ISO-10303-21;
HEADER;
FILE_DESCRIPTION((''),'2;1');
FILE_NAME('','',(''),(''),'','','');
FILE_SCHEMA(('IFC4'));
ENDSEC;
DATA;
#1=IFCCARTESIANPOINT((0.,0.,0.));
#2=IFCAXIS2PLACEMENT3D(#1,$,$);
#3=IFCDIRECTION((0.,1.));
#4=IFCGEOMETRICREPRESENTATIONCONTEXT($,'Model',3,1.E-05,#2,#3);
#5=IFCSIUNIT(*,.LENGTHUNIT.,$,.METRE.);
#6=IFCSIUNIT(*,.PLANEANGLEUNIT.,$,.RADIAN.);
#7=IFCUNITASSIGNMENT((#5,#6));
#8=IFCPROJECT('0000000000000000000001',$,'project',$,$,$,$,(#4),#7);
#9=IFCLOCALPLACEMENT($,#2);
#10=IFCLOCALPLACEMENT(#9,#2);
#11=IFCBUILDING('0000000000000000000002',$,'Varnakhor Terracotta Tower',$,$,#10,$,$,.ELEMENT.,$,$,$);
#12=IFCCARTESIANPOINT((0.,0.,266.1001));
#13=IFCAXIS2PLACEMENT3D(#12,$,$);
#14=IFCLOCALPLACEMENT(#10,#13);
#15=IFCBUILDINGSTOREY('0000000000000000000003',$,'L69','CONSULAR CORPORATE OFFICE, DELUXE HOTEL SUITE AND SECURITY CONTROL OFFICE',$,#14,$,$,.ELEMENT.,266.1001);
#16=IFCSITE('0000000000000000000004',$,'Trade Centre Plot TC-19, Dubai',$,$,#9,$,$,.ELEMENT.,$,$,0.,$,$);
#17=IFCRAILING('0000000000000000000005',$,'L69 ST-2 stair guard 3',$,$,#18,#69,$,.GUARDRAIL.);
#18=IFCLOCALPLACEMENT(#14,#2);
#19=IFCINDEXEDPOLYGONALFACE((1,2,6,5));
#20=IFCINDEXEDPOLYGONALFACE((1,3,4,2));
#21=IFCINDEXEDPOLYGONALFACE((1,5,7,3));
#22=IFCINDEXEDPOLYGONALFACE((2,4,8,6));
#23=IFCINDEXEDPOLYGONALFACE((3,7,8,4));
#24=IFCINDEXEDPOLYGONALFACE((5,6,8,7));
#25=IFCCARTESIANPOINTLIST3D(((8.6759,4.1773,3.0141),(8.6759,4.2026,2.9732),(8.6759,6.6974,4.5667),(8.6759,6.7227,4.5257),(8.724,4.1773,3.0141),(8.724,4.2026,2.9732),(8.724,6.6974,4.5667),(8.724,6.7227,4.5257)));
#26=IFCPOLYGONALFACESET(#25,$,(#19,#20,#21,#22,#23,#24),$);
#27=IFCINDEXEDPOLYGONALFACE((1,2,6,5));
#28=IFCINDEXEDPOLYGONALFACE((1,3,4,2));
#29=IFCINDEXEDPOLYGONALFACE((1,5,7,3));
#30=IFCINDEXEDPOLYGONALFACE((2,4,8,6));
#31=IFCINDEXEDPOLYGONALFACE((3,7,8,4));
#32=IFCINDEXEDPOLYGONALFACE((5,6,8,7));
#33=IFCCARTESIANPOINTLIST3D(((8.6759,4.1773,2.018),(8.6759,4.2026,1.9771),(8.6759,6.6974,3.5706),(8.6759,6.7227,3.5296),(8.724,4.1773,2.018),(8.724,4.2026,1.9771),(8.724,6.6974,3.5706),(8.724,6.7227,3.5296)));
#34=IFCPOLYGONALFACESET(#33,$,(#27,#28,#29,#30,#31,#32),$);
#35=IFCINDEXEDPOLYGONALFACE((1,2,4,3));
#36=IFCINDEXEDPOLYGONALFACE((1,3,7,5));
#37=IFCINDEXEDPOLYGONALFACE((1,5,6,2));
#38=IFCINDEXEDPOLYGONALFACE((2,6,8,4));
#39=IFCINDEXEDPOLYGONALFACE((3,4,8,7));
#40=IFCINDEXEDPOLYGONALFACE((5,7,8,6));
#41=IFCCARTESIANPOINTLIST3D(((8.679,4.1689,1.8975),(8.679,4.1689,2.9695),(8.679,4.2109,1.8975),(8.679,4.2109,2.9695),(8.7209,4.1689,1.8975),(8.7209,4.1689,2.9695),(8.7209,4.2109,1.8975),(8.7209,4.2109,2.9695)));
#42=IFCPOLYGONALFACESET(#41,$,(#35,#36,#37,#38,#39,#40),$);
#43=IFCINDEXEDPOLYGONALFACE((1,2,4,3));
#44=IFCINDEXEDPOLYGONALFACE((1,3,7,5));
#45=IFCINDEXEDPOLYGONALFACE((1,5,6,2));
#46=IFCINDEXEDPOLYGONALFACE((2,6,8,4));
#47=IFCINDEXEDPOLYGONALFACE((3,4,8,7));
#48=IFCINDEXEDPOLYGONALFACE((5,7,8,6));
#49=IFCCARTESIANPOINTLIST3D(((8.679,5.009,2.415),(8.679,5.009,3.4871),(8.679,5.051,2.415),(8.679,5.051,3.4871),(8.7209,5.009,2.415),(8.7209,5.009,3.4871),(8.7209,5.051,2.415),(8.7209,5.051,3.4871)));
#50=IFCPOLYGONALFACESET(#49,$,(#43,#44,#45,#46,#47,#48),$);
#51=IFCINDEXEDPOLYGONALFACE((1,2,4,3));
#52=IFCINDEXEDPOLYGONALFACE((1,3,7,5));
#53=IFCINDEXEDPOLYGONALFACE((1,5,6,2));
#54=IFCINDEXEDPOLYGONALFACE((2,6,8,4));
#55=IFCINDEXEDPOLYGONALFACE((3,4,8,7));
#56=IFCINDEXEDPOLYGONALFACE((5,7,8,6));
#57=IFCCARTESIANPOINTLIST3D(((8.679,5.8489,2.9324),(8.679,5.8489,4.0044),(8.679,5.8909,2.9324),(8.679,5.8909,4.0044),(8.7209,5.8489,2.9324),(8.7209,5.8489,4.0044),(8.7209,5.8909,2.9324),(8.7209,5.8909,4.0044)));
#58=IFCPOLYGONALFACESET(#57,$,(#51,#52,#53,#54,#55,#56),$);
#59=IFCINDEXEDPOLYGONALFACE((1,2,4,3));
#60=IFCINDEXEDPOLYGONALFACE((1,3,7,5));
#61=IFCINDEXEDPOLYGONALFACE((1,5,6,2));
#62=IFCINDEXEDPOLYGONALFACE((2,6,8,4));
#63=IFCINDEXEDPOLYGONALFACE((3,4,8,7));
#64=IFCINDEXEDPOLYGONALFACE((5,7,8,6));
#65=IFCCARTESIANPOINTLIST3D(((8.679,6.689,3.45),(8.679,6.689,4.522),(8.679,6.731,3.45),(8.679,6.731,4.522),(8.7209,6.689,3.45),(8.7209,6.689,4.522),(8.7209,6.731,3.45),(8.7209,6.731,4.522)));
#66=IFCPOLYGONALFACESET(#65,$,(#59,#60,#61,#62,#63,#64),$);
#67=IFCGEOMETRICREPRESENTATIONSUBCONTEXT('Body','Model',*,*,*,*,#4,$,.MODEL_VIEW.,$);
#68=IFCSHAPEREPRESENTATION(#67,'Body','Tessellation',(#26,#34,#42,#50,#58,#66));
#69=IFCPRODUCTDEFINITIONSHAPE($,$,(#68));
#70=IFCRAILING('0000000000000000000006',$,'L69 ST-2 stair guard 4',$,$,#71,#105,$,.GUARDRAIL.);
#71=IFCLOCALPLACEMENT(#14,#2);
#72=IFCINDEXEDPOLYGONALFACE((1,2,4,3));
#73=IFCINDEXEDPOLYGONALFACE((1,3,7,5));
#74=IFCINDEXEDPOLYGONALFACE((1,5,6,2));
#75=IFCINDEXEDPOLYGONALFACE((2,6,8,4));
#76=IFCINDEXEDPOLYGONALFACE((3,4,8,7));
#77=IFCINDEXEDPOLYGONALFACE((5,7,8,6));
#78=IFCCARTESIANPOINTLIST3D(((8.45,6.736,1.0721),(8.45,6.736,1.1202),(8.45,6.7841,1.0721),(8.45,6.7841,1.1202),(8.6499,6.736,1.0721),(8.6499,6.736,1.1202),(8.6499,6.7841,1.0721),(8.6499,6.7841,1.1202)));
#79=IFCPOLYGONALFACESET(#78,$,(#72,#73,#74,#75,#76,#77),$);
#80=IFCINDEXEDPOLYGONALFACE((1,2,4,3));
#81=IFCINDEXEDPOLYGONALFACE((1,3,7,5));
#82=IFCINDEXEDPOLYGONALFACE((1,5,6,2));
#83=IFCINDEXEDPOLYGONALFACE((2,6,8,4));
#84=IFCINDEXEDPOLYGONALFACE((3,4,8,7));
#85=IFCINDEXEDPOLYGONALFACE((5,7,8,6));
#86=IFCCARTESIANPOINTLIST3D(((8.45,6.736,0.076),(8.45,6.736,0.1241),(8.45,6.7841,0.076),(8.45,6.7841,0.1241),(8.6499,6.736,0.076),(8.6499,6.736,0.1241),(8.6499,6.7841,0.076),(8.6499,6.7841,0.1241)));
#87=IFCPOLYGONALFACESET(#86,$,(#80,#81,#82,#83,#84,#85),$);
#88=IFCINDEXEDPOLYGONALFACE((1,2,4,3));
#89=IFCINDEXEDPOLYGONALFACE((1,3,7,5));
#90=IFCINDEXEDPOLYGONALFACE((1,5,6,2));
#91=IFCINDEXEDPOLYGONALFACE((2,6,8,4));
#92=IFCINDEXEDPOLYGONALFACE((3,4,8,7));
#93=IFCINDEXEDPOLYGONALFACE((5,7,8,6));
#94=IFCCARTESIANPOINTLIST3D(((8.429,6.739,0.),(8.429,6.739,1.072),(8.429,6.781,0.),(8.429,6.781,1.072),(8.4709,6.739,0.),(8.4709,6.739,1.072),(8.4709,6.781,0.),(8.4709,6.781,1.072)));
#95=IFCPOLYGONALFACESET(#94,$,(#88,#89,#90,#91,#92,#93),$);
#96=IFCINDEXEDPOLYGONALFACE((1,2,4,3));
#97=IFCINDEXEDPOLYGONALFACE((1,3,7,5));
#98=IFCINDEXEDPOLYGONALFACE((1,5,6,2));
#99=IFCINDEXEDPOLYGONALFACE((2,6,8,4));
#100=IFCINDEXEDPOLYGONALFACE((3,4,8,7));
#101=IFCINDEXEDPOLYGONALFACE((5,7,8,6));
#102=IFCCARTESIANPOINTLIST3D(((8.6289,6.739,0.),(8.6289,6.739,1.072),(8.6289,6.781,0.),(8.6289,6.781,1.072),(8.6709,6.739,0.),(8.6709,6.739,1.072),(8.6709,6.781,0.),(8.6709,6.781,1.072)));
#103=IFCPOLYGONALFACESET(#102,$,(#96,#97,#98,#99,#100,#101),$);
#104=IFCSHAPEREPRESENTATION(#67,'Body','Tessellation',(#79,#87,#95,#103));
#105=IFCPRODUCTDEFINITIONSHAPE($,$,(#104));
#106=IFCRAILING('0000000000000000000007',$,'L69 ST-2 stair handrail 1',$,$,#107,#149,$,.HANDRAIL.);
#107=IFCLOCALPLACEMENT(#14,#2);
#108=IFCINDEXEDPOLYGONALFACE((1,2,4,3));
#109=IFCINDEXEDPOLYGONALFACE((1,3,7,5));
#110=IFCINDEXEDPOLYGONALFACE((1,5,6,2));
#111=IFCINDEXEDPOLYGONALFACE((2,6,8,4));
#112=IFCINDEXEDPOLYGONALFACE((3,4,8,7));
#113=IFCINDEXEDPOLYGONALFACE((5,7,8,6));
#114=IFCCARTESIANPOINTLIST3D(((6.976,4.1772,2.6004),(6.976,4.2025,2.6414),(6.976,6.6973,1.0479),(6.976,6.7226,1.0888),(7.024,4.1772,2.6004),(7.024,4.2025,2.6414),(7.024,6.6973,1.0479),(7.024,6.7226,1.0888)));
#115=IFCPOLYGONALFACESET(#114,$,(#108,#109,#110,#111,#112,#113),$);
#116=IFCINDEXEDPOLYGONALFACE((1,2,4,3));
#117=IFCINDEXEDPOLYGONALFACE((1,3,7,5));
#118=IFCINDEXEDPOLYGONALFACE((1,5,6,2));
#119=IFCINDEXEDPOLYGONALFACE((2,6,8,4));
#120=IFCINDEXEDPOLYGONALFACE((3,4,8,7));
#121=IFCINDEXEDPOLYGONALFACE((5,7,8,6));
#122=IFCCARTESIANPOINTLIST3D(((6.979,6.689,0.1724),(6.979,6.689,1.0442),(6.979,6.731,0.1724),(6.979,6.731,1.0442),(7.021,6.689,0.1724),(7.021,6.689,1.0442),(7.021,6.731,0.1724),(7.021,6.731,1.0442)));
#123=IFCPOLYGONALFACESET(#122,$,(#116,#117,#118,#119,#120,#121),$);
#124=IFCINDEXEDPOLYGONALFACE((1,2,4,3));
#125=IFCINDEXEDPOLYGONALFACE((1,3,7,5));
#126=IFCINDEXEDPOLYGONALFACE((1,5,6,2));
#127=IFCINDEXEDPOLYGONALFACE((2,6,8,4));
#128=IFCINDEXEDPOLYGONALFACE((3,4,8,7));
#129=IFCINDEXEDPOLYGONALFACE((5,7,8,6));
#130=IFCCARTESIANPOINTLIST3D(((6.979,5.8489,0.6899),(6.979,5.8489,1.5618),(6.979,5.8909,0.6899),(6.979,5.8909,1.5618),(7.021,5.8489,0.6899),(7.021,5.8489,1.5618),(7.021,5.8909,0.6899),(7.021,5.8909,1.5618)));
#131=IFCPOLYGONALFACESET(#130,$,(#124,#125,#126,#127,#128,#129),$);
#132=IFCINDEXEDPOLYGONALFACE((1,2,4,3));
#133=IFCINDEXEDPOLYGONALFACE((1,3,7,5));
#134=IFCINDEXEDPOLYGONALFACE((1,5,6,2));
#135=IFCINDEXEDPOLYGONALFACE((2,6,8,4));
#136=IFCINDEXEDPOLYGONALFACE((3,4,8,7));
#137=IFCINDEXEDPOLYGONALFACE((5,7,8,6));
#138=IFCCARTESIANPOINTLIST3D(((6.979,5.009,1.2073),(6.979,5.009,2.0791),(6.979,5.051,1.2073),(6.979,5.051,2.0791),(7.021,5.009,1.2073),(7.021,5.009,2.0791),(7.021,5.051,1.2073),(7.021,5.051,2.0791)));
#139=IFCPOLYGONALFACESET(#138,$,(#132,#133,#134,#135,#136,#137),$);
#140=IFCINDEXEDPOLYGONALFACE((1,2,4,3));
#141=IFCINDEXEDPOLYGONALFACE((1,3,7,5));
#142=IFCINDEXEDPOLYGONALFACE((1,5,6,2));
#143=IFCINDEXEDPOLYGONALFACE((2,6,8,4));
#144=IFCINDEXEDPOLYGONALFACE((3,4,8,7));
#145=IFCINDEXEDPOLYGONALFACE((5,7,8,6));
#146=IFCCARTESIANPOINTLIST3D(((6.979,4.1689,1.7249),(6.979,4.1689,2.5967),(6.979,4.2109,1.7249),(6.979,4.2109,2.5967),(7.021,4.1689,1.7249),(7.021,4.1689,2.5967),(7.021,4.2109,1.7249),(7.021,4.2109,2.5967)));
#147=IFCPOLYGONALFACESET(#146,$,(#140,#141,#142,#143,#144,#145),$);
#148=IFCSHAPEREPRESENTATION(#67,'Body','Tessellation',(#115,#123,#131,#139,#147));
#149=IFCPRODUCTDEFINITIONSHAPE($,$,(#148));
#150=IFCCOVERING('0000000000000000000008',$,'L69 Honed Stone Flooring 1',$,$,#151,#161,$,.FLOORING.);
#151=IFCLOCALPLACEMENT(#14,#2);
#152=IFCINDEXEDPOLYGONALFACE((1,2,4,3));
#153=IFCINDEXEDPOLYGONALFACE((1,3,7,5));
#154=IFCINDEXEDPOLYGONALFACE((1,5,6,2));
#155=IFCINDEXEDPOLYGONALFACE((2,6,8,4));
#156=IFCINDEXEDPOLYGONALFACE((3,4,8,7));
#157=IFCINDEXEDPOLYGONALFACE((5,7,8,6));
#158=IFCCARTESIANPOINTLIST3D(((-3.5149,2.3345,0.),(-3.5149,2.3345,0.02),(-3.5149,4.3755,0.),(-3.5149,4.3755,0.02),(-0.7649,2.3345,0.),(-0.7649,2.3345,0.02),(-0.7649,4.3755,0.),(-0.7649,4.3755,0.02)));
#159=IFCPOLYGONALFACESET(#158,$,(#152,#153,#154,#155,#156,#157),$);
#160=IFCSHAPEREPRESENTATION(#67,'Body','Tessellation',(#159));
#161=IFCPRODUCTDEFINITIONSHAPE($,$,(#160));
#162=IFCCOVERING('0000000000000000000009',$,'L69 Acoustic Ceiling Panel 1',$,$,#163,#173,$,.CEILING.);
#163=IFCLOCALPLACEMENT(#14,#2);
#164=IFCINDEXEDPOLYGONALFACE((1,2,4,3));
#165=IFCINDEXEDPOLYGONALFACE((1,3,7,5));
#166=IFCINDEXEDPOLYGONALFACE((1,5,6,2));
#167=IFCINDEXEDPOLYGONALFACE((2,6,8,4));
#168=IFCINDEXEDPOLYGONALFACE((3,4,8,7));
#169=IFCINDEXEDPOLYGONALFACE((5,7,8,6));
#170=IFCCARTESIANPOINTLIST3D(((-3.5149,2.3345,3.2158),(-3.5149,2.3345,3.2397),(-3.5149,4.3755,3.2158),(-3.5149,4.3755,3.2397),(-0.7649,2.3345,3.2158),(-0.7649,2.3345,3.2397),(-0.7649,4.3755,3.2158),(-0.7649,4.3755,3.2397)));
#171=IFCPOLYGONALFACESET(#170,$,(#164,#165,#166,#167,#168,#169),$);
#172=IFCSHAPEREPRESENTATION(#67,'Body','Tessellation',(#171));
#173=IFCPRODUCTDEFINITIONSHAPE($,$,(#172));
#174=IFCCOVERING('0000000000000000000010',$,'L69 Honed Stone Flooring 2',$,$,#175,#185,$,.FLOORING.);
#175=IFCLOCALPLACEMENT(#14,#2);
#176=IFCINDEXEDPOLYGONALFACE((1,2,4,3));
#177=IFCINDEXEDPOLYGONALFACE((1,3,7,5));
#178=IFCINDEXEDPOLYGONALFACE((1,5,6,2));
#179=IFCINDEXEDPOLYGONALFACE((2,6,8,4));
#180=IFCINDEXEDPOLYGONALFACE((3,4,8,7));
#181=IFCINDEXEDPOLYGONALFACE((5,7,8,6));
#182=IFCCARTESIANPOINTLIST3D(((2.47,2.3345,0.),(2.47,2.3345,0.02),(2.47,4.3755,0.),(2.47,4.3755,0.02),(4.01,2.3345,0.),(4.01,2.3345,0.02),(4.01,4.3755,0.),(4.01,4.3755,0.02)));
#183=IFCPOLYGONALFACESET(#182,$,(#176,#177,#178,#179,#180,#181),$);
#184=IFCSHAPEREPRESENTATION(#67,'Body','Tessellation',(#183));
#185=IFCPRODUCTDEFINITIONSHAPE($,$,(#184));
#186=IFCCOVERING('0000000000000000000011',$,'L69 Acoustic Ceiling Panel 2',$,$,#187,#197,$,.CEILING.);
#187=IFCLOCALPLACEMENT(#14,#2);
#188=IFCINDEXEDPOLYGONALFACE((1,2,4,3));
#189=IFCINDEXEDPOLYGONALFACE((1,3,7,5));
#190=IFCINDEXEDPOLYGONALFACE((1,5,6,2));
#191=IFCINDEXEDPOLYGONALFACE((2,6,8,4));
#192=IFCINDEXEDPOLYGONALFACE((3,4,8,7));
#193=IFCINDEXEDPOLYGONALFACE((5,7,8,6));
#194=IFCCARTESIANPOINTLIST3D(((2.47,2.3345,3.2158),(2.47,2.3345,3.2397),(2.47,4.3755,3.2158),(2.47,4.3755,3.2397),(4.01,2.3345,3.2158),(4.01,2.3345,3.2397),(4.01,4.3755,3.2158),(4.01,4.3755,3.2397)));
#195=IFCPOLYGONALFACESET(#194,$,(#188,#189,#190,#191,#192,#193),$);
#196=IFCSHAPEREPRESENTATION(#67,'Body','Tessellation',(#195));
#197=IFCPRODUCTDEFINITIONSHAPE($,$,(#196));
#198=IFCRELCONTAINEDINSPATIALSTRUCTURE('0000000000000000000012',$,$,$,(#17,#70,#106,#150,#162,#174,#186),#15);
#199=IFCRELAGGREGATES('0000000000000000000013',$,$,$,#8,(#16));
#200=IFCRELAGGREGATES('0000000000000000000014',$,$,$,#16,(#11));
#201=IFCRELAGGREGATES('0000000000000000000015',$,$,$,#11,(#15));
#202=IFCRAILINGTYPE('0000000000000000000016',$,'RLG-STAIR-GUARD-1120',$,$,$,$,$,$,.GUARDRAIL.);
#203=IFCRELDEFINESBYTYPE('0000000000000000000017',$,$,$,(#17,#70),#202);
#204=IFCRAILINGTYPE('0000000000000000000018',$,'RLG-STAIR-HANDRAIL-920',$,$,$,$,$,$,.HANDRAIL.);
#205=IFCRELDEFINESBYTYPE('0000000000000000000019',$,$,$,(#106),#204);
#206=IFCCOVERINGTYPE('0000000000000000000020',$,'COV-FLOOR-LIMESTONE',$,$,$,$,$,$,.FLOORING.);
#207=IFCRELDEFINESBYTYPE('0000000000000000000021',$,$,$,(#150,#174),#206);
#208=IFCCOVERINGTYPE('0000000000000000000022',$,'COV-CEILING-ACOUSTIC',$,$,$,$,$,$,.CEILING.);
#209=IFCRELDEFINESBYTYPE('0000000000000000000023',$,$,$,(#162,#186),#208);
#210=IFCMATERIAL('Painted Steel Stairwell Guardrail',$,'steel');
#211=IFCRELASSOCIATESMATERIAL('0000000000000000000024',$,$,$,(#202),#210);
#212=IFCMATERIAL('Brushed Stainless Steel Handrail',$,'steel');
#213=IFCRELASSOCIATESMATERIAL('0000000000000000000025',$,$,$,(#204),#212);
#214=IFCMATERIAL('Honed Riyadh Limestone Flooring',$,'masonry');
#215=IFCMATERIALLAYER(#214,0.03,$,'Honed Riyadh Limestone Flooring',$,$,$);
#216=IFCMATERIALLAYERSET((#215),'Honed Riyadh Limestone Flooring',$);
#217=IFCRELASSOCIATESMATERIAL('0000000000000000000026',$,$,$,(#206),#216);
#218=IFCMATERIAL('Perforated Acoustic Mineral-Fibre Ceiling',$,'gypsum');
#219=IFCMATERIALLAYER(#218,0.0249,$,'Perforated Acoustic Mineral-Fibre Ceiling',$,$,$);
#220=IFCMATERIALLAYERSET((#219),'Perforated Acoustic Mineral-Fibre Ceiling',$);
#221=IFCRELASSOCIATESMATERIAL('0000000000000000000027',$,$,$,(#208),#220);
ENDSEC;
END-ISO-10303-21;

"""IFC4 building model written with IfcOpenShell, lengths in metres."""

from ifc_helpers import new_model, si_unit, direction, frame, origin, origin_2d, place, context, subcontext, project, spatial, rectangle, extrude, source, transform, mapped, material, layer, layer_set, type_object, element, save


model = new_model("IFC4")

# Units and contexts
model_context = context("Model", 3, precision=1e-05, world=origin(), true_north=direction((0.0, 1.0)))
body_context = subcontext(model_context, "Body", "Model", "MODEL_VIEW")
ifc_project = project(units=[si_unit("LENGTHUNIT", "METRE"), si_unit("PLANEANGLEUNIT", "RADIAN")], contexts=[model_context])

# Site, building, storey
site_placement = place(None, origin())
site = spatial("IfcSite", under=ifc_project, at=site_placement, Name="Trade Centre Plot TC-19, Dubai", CompositionType="ELEMENT", RefElevation=0.0)
building_placement = place(site_placement, origin())
building = spatial("IfcBuilding", under=site, at=building_placement, Name="Varnakhor Terracotta Tower", CompositionType="ELEMENT")
storey_placement = place(building_placement, frame((0.0, 0.0, 266.1001)))
storey = spatial("IfcBuildingStorey", under=building, at=storey_placement, Name="L69", Description="CONSULAR CORPORATE OFFICE, DELUXE HOTEL SUITE AND SECURITY CONTROL OFFICE", CompositionType="ELEMENT", Elevation=266.1001)

# Railings
ifc_material_1 = material(Name="Painted Steel Stairwell Guardrail", Category="steel")
railing_type_1 = type_object("IfcRailingType", Name="RLG-STAIR-GUARD-1120", PredefinedType="GUARDRAIL", material=ifc_material_1)
railing_1_placement = place(storey_placement, frame((8.7, 4.1899, 1.8975)))
element("IfcRailing", 1, at=railing_1_placement, inside=storey, type_object=railing_type_1, Name="L69 ST-2 stair guard 3", PredefinedType="GUARDRAIL", context=body_context, shape_type="SweptSolid", body=[
    extrude(rectangle(XDim=0.0481, YDim=0.0481, at=origin_2d()), frame((0.0, 0.0, 1.0962), z_axis=(0.0, 0.8514, 0.524516), x_axis=(-1.0, 0.0, 0.0)), (0.0, 0.0, 1.0), 2.96),
    extrude(rectangle(XDim=0.0481, YDim=0.0481, at=origin_2d()), frame((0.0, 0.0, 0.1001), z_axis=(0.0, 0.8514, 0.524516), x_axis=(-1.0, 0.0, 0.0)), (0.0, 0.0, 1.0), 2.96),
    extrude(rectangle(XDim=0.042, YDim=0.042, at=origin_2d()), origin(), (0.0, 0.0, 1.0), 1.072),
    extrude(rectangle(XDim=0.042, YDim=0.042, at=origin_2d()), frame((0.0, 0.8401, 0.5176)), (0.0, 0.0, 1.0), 1.072),
    extrude(rectangle(XDim=0.042, YDim=0.042, at=origin_2d()), frame((0.0, 1.6799, 1.0349)), (0.0, 0.0, 1.0), 1.072),
    extrude(rectangle(XDim=0.042, YDim=0.042, at=origin_2d()), frame((0.0, 2.52, 1.5525)), (0.0, 0.0, 1.0), 1.072),
])
railing_2_placement = place(storey_placement, frame((8.45, 6.76, 0.0)))
element("IfcRailing", 2, at=railing_2_placement, inside=storey, type_object=railing_type_1, Name="L69 ST-2 stair guard 4", PredefinedType="GUARDRAIL", context=body_context, shape_type="SweptSolid", body=[
    extrude(rectangle(XDim=0.0481, YDim=0.0481, at=origin_2d()), frame((0.0, 0.0, 1.0962), z_axis=(1.0, 0.0, 0.0), x_axis=(0.0, 1.0, 0.0)), (0.0, 0.0, 1.0), 0.2),
    extrude(rectangle(XDim=0.0481, YDim=0.0481, at=origin_2d()), frame((0.0, 0.0, 0.1001), z_axis=(1.0, 0.0, 0.0), x_axis=(0.0, 1.0, 0.0)), (0.0, 0.0, 1.0), 0.2),
    extrude(rectangle(XDim=0.042, YDim=0.042, at=origin_2d()), origin(), (0.0, 0.0, 1.0), 1.072),
    extrude(rectangle(XDim=0.042, YDim=0.042, at=origin_2d()), frame((0.2, 0.0, 0.0)), (0.0, 0.0, 1.0), 1.072),
])
ifc_material_2 = material(Name="Brushed Stainless Steel Handrail", Category="steel")
railing_type_2 = type_object("IfcRailingType", Name="RLG-STAIR-HANDRAIL-920", PredefinedType="HANDRAIL", material=ifc_material_2)
railing_3_placement = place(storey_placement, frame((7.0, 6.71, 0.1724)))
element("IfcRailing", 3, at=railing_3_placement, inside=storey, type_object=railing_type_2, Name="L69 ST-2 stair handrail 1", PredefinedType="HANDRAIL", context=body_context, shape_type="SweptSolid", body=[
    extrude(rectangle(XDim=0.0481, YDim=0.0481, at=origin_2d()), frame((0.0, 0.0, 0.896), z_axis=(0.0, -0.8514, 0.524516), x_axis=(1.0, 0.0, 0.0)), (0.0, 0.0, 1.0), 2.96),
    extrude(rectangle(XDim=0.042, YDim=0.042, at=origin_2d()), origin(), (0.0, 0.0, 1.0), 0.8718),
    extrude(rectangle(XDim=0.042, YDim=0.042, at=origin_2d()), frame((0.0, -0.8401, 0.5176)), (0.0, 0.0, 1.0), 0.8718),
    extrude(rectangle(XDim=0.042, YDim=0.042, at=origin_2d()), frame((0.0, -1.6799, 1.0349)), (0.0, 0.0, 1.0), 0.8718),
    extrude(rectangle(XDim=0.042, YDim=0.042, at=origin_2d()), frame((0.0, -2.52, 1.5525)), (0.0, 0.0, 1.0), 0.8718),
])

# Coverings
ifc_material_3 = material(Name="Honed Riyadh Limestone Flooring", Category="masonry")
ifc_layer_1 = layer(ifc_material_3, 0.03, Name="Honed Riyadh Limestone Flooring")
ifc_layer_set_1 = layer_set([ifc_layer_1], Name="Honed Riyadh Limestone Flooring")
covering_type_1 = type_object("IfcCoveringType", Name="COV-FLOOR-LIMESTONE", PredefinedType="FLOORING", material=ifc_layer_set_1)
shared_shape_1 = source(origin(), body_context, "Body", "SweptSolid", [
    extrude(rectangle(XDim=2.75, YDim=2.041, at=origin_2d()), origin(), (0.0, 0.0, 1.0), 0.02),
])
covering_1_placement = place(storey_placement, frame((-2.1399, 3.355, 0.0), z_axis=(0.0, 0.0, 1.0), x_axis=(1.0, 0.0, 0.0)))
element("IfcCovering", 4, at=covering_1_placement, inside=storey, type_object=covering_type_1, Name="L69 Honed Stone Flooring 1", PredefinedType="FLOORING", context=body_context, shape_type="MappedRepresentation", body=[
    mapped(shared_shape_1, transform((0.0, 0.0, 0.0), scale=1.0)),
])
ifc_material_4 = material(Name="Perforated Acoustic Mineral-Fibre Ceiling", Category="gypsum")
ifc_layer_2 = layer(ifc_material_4, 0.0249, Name="Perforated Acoustic Mineral-Fibre Ceiling")
ifc_layer_set_2 = layer_set([ifc_layer_2], Name="Perforated Acoustic Mineral-Fibre Ceiling")
covering_type_2 = type_object("IfcCoveringType", Name="COV-CEILING-ACOUSTIC", PredefinedType="CEILING", material=ifc_layer_set_2)
shared_shape_2 = source(origin(), body_context, "Body", "SweptSolid", [
    extrude(rectangle(XDim=2.75, YDim=2.041, at=origin_2d()), origin(), (0.0, 0.0, 1.0), 0.0239),
])
covering_2_placement = place(storey_placement, frame((-2.1399, 3.355, 3.2158), z_axis=(0.0, 0.0, 1.0), x_axis=(1.0, 0.0, 0.0)))
element("IfcCovering", 5, at=covering_2_placement, inside=storey, type_object=covering_type_2, Name="L69 Acoustic Ceiling Panel 1", PredefinedType="CEILING", context=body_context, shape_type="MappedRepresentation", body=[
    mapped(shared_shape_2, transform((0.0, 0.0, 0.0), scale=1.0)),
])
shared_shape_3 = source(origin(), body_context, "Body", "SweptSolid", [
    extrude(rectangle(XDim=1.54, YDim=2.041, at=origin_2d()), origin(), (0.0, 0.0, 1.0), 0.02),
])
covering_3_placement = place(storey_placement, frame((3.24, 3.355, 0.0), z_axis=(0.0, 0.0, 1.0), x_axis=(1.0, 0.0, 0.0)))
element("IfcCovering", 6, at=covering_3_placement, inside=storey, type_object=covering_type_1, Name="L69 Honed Stone Flooring 2", PredefinedType="FLOORING", context=body_context, shape_type="MappedRepresentation", body=[
    mapped(shared_shape_3, transform((0.0, 0.0, 0.0), scale=1.0)),
])
shared_shape_4 = source(origin(), body_context, "Body", "SweptSolid", [
    extrude(rectangle(XDim=1.54, YDim=2.041, at=origin_2d()), origin(), (0.0, 0.0, 1.0), 0.0239),
])
covering_4_placement = place(storey_placement, frame((3.24, 3.355, 3.2158), z_axis=(0.0, 0.0, 1.0), x_axis=(1.0, 0.0, 0.0)))
element("IfcCovering", 7, at=covering_4_placement, inside=storey, type_object=covering_type_2, Name="L69 Acoustic Ceiling Panel 2", PredefinedType="CEILING", context=body_context, shape_type="MappedRepresentation", body=[
    mapped(shared_shape_4, transform((0.0, 0.0, 0.0), scale=1.0)),
])

save(model, "model.ifc")
